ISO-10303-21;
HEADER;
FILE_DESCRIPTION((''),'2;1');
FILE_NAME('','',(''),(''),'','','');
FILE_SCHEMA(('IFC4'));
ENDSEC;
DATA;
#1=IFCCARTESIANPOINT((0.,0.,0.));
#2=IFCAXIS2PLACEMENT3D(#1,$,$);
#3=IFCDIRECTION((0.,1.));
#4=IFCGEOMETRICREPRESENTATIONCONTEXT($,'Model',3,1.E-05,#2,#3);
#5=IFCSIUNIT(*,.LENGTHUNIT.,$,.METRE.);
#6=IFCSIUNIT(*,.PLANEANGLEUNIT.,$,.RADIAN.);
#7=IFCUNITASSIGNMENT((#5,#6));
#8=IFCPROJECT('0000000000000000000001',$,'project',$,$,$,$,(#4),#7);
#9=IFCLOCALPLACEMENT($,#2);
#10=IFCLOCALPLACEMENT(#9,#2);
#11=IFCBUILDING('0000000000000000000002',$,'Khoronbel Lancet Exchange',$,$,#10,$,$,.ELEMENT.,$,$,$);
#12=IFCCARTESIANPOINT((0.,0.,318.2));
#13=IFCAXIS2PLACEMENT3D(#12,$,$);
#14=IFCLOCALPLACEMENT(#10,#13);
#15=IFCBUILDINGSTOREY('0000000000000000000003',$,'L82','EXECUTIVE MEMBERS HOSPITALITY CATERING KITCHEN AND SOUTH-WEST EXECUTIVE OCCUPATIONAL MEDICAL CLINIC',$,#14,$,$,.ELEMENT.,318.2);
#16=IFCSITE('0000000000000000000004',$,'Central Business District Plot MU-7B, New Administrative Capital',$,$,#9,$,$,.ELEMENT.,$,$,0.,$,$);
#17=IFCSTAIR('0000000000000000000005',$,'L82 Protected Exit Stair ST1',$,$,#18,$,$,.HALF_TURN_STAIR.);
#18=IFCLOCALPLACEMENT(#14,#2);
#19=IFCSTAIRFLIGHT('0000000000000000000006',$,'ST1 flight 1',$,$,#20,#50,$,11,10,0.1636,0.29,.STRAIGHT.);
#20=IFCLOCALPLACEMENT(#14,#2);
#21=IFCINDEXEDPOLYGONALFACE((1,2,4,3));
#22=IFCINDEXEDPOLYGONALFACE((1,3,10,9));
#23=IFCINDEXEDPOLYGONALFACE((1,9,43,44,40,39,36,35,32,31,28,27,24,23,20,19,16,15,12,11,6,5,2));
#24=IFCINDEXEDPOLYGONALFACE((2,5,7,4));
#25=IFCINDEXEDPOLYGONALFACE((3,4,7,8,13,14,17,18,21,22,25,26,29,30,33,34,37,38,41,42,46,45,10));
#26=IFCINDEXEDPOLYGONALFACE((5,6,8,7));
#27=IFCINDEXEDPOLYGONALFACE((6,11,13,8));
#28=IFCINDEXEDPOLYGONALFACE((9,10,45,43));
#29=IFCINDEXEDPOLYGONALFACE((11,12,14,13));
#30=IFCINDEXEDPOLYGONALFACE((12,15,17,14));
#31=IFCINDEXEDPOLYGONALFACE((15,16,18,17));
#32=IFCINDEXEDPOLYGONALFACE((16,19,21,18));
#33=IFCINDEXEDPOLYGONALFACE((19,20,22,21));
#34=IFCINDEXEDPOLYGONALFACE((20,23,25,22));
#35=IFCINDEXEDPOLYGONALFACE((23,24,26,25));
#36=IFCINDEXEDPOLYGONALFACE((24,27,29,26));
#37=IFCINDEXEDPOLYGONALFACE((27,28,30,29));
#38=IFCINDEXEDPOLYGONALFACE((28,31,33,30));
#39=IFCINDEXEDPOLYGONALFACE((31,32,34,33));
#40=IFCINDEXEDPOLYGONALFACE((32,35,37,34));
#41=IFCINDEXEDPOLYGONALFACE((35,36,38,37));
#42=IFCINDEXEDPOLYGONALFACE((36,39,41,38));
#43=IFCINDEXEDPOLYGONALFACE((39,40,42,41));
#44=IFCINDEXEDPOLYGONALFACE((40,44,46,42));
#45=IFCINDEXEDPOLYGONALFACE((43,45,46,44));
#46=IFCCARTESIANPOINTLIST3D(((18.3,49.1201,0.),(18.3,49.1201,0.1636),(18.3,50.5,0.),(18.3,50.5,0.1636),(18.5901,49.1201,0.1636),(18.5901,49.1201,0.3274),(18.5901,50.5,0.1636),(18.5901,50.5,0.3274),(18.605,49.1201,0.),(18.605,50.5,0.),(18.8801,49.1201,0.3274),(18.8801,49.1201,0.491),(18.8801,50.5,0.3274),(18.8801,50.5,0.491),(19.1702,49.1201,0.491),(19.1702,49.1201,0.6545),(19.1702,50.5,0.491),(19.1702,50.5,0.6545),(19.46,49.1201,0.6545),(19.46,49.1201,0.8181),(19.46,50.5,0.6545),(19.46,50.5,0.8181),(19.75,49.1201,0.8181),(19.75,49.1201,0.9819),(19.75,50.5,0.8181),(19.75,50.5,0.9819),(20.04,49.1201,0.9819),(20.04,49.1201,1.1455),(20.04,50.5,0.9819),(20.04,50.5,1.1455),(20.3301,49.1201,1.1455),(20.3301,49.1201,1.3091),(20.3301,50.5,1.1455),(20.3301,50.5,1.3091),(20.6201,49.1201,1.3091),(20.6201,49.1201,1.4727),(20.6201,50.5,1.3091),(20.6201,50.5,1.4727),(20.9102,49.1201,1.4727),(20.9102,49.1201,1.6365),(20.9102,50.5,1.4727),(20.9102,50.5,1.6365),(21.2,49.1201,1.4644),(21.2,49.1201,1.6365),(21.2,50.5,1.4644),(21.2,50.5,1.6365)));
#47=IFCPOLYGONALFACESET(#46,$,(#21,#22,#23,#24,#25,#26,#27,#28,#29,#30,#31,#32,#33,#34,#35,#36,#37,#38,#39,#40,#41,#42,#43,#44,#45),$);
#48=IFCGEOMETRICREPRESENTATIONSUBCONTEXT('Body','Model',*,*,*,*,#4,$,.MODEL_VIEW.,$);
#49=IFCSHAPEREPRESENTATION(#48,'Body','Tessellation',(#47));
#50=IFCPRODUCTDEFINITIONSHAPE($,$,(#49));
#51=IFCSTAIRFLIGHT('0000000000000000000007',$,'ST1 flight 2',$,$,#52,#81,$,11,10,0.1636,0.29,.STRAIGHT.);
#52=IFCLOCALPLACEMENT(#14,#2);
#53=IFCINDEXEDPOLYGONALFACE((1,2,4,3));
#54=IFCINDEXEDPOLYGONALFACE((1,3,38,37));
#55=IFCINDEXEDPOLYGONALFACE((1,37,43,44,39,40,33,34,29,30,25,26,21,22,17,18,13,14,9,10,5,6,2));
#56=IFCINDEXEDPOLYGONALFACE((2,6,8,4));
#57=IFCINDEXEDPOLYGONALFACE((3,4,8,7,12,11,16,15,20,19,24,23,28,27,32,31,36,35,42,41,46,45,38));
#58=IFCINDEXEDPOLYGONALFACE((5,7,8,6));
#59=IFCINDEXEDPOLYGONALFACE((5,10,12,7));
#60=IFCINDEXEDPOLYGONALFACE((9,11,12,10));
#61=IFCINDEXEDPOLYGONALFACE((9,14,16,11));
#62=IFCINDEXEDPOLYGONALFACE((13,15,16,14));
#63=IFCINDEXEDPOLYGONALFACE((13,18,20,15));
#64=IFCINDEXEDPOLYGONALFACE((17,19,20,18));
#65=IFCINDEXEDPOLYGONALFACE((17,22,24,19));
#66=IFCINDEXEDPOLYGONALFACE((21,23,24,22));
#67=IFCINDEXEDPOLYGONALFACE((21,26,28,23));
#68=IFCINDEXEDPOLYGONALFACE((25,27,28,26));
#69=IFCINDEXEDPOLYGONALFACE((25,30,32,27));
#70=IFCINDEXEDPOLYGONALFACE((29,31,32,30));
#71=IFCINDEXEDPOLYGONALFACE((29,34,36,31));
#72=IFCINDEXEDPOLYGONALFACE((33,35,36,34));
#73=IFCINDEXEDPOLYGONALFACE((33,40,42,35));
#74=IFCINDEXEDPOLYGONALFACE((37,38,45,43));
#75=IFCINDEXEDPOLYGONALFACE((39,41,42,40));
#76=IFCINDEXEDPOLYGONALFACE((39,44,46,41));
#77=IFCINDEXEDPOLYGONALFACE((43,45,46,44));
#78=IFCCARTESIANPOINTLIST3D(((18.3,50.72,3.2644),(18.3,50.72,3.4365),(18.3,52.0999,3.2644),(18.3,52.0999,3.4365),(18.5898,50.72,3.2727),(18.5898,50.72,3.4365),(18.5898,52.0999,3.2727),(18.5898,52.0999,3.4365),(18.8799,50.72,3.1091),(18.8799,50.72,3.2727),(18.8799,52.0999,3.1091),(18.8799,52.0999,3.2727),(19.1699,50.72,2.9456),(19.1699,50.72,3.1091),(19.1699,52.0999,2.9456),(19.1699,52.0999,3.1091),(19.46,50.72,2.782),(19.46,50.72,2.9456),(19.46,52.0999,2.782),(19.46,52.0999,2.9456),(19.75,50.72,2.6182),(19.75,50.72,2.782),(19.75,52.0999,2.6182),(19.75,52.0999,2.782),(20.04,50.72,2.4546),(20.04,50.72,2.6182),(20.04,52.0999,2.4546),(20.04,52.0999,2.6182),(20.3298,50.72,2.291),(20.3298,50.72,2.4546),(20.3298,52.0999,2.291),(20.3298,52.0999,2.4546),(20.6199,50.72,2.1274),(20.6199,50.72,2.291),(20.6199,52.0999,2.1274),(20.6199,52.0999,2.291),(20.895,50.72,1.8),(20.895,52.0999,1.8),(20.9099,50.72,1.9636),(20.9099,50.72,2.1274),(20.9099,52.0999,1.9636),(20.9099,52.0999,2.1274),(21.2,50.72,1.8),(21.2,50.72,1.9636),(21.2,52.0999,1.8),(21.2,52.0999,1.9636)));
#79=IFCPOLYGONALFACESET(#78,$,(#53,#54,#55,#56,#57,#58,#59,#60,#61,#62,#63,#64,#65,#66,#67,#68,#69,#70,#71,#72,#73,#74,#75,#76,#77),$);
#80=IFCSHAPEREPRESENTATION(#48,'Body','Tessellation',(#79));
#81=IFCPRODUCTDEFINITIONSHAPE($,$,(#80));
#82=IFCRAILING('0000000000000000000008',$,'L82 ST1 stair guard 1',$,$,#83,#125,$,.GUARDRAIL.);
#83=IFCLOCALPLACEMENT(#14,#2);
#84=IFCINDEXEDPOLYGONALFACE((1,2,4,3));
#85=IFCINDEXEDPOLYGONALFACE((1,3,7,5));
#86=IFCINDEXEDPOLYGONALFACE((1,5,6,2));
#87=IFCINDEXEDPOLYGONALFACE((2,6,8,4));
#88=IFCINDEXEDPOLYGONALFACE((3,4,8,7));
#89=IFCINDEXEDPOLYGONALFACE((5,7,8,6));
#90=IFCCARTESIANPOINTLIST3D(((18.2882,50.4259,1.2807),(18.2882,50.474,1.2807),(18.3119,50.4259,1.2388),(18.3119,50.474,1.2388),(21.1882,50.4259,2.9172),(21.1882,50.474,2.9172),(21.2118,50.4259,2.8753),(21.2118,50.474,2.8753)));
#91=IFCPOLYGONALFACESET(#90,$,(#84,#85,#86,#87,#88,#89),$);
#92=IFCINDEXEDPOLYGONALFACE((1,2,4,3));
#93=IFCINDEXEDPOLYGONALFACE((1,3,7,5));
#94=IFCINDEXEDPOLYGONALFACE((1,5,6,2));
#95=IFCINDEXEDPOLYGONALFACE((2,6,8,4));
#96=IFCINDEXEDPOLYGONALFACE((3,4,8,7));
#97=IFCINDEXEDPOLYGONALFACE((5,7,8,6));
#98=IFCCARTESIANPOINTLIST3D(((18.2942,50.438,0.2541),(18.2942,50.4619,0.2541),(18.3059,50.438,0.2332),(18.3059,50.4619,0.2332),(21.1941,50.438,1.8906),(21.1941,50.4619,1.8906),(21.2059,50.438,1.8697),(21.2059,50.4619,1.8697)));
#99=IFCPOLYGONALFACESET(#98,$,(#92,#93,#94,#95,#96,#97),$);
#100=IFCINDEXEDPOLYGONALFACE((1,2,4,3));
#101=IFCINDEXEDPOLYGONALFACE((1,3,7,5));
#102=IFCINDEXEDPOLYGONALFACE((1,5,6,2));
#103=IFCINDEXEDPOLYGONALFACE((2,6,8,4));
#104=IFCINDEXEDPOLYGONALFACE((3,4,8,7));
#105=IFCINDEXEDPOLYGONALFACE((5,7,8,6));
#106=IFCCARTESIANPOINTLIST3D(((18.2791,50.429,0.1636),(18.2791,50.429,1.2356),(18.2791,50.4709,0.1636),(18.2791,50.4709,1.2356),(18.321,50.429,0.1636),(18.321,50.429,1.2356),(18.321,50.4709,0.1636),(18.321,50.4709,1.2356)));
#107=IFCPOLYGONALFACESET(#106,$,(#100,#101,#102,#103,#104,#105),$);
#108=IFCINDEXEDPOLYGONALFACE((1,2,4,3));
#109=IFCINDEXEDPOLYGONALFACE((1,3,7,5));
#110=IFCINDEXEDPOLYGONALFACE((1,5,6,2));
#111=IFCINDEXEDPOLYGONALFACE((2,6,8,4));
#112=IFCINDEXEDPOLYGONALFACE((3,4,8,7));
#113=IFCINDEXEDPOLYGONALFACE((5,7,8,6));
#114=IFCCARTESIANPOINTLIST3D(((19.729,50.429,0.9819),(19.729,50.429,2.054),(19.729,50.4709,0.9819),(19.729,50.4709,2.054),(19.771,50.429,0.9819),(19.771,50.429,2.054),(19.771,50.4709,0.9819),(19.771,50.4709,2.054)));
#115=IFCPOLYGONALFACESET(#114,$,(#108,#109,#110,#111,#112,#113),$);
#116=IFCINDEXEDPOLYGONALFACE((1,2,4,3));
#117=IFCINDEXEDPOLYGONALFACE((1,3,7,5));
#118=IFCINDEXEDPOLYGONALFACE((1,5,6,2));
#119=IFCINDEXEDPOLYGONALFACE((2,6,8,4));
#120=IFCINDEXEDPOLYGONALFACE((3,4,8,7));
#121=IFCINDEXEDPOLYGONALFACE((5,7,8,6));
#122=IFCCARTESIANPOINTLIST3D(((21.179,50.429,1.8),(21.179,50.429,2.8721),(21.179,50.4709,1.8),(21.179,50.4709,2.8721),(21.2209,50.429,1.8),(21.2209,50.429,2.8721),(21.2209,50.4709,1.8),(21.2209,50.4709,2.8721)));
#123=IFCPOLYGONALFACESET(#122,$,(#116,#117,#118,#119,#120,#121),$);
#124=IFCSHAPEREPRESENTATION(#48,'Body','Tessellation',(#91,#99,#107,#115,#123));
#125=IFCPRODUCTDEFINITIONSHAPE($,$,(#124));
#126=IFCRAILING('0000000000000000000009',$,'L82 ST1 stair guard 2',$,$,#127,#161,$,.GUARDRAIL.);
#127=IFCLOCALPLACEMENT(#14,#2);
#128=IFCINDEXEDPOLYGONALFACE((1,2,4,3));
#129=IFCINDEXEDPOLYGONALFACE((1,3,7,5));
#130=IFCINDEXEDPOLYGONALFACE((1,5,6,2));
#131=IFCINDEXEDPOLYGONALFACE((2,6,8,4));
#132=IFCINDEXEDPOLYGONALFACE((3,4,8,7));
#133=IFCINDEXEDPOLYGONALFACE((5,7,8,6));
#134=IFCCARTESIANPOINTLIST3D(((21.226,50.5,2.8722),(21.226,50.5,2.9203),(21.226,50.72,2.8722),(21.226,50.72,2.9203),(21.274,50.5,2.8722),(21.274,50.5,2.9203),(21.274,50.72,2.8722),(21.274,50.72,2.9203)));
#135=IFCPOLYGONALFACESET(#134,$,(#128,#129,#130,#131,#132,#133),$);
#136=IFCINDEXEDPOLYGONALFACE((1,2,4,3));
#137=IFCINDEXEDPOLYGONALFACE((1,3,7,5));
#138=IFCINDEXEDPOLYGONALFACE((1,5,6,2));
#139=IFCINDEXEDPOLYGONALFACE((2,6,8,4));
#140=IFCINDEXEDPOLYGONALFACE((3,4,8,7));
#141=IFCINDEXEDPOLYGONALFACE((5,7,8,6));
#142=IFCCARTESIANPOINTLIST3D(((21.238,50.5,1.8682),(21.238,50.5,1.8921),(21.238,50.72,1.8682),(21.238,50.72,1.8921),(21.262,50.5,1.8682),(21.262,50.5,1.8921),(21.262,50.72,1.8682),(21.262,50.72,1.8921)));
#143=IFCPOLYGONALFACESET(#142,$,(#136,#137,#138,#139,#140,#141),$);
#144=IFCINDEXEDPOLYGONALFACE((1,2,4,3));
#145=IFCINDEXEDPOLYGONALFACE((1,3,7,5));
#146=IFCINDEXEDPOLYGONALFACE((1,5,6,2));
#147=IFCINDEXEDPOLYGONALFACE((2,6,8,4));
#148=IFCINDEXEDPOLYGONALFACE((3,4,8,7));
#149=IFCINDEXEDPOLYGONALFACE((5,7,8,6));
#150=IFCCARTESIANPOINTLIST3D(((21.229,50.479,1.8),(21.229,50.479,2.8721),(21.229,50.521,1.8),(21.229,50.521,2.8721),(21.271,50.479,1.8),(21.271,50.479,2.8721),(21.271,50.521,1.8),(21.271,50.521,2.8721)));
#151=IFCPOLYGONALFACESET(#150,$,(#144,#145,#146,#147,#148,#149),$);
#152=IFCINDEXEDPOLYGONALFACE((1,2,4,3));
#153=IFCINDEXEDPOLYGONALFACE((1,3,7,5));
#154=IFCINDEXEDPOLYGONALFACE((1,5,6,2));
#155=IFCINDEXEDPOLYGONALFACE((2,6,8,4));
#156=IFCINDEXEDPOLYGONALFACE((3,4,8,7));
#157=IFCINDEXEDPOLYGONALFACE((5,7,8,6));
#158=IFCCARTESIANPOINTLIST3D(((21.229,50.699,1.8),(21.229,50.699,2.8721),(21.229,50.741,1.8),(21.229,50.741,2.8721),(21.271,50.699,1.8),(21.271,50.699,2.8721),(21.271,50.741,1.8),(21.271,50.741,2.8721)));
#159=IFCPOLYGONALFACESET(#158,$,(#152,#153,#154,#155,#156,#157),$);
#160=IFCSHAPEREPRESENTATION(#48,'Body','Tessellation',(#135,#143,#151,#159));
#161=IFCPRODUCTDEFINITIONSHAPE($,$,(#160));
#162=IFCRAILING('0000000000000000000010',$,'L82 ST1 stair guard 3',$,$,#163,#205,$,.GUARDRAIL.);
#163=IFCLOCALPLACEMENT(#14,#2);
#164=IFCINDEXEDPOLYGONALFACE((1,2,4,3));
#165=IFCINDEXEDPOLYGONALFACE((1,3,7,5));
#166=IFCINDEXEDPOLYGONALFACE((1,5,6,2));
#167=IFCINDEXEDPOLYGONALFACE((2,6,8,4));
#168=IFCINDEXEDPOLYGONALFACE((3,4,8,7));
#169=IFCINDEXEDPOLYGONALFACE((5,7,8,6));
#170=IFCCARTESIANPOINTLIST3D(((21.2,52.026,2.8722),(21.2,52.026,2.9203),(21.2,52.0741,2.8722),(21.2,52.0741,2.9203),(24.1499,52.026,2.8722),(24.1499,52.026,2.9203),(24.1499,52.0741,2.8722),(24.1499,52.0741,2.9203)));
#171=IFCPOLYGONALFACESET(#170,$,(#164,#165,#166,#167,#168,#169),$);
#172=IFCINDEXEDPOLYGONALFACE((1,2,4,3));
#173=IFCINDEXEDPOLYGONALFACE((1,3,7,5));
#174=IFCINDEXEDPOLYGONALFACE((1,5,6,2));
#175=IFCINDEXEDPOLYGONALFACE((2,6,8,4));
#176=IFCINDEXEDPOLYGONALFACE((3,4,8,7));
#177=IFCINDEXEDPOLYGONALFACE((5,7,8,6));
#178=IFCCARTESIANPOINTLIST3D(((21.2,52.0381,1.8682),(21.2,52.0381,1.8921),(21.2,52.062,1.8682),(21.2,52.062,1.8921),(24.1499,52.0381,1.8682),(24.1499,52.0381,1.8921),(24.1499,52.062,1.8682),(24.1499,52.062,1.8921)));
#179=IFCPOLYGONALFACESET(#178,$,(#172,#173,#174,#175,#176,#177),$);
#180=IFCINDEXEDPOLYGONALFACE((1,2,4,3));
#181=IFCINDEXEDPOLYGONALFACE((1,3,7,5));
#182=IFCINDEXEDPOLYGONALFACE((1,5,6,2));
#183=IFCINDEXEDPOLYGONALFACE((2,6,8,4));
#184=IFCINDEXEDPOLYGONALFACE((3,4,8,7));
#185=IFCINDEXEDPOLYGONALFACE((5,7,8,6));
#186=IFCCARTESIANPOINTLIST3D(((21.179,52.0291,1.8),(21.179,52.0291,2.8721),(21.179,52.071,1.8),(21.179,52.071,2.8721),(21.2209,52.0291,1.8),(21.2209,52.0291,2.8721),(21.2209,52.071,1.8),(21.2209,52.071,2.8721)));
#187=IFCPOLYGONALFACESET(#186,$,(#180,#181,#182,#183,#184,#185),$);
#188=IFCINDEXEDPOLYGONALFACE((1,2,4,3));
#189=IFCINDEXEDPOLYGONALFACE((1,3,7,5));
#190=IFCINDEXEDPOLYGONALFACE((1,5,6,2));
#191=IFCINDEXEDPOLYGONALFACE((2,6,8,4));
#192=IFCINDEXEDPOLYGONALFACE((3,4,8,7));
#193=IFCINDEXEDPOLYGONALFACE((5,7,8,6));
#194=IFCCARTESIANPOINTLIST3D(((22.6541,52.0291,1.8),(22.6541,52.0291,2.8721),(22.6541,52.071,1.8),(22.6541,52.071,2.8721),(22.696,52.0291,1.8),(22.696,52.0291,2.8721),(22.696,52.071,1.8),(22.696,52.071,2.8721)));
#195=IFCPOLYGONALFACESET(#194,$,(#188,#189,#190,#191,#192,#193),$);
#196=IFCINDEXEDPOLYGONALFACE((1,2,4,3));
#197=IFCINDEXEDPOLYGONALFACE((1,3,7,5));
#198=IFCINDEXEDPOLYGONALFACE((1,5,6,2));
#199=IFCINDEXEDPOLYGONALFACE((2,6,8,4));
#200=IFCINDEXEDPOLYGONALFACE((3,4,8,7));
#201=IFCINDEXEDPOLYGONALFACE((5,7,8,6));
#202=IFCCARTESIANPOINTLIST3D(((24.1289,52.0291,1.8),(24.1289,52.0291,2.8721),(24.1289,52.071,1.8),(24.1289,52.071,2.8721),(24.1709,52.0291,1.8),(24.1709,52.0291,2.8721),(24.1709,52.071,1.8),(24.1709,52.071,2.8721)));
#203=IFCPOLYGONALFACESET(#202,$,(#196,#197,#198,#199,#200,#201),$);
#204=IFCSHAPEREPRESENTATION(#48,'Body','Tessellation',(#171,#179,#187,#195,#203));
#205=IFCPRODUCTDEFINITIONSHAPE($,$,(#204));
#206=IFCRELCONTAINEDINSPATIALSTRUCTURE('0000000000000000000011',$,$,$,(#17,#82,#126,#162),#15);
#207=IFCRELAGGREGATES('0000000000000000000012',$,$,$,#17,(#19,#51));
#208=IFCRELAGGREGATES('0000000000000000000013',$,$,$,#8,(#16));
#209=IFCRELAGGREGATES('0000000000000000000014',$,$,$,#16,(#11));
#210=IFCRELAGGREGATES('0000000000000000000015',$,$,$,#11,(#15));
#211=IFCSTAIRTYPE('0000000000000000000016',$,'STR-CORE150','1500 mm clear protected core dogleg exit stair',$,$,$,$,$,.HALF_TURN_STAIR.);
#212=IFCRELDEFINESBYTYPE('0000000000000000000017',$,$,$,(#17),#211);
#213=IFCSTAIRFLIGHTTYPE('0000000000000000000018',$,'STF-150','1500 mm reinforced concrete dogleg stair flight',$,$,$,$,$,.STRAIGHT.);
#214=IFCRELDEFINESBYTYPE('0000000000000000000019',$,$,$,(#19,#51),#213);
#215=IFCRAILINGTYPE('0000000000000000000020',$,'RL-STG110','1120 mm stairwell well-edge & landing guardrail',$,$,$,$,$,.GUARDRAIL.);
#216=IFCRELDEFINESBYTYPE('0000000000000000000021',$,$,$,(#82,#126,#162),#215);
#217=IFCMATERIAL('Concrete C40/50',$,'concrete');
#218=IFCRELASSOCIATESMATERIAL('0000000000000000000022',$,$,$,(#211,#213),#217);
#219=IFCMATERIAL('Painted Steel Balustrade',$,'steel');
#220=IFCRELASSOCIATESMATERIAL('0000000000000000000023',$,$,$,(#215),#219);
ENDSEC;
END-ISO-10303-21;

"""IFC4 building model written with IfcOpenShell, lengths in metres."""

from ifc_helpers import new_model, si_unit, direction, frame, origin, origin_2d, place, context, subcontext, project, spatial, polyline, rectangle, outline, extrude, material, type_object, element, aggregate, save


model = new_model("IFC4")

# Units and contexts
model_context = context("Model", 3, precision=1e-05, world=origin(), true_north=direction((0.0, 1.0)))
body_context = subcontext(model_context, "Body", "Model", "MODEL_VIEW")
ifc_project = project(units=[si_unit("LENGTHUNIT", "METRE"), si_unit("PLANEANGLEUNIT", "RADIAN")], contexts=[model_context])

# Site, building, storey
site_placement = place(None, origin())
site = spatial("IfcSite", under=ifc_project, at=site_placement, Name="Central Business District Plot MU-7B, New Administrative Capital", CompositionType="ELEMENT", RefElevation=0.0)
building_placement = place(site_placement, origin())
building = spatial("IfcBuilding", under=site, at=building_placement, Name="Khoronbel Lancet Exchange", CompositionType="ELEMENT")
storey_placement = place(building_placement, frame((0.0, 0.0, 318.2)))
storey = spatial("IfcBuildingStorey", under=building, at=storey_placement, Name="L82", Description="EXECUTIVE MEMBERS HOSPITALITY CATERING KITCHEN AND SOUTH-WEST EXECUTIVE OCCUPATIONAL MEDICAL CLINIC", CompositionType="ELEMENT", Elevation=318.2)

# Stair, stair flights
ifc_material_1 = material(Name="Concrete C40/50", Category="concrete")
stair_type = type_object("IfcStairType", Name="STR-CORE150", Description="1500 mm clear protected core dogleg exit stair", PredefinedType="HALF_TURN_STAIR", material=ifc_material_1)
stair_placement = place(storey_placement, origin())
stair = element("IfcStair", 1, at=stair_placement, inside=storey, type_object=stair_type, Name="L82 Protected Exit Stair ST1", PredefinedType="HALF_TURN_STAIR")
stair_flight_type = type_object("IfcStairFlightType", Name="STF-150", Description="1500 mm reinforced concrete dogleg stair flight", PredefinedType="STRAIGHT", material=ifc_material_1)
stair_flight_1_placement = place(storey_placement, frame((18.3, 49.8101, 0.0), z_axis=(0.0, 0.0, 1.0), x_axis=(1.0, 0.0, 0.0)))
stair_flight_1 = element("IfcStairFlight", 2, at=stair_flight_1_placement, type_object=stair_flight_type, Name="ST1 flight 1", NumberOfRisers=11, NumberOfTreads=10, PredefinedType="STRAIGHT", RiserHeight=0.1636, TreadLength=0.29, context=body_context, shape_type="SweptSolid", body=[
    extrude(outline(polyline([(0.0, 0.0), (0.0, 0.1636), (0.29, 0.1636), (0.29, 0.3274), (0.5801, 0.3274), (0.5801, 0.491), (0.8701, 0.491), (0.8701, 0.6545), (1.1599, 0.6545), (1.1599, 0.8181), (1.45, 0.8181), (1.45, 0.9819), (1.74, 0.9819), (1.74, 1.1455), (2.03, 1.1455), (2.03, 1.3091), (2.3201, 1.3091), (2.3201, 1.4727), (2.6101, 1.4727), (2.6101, 1.6365), (2.8999, 1.6365), (2.8999, 1.8), (2.8999, 1.4644), (0.3049, 0.0), (0.0, 0.0)])), frame((0.0, 0.6899, 0.0), z_axis=(0.0, -1.0, 0.0), x_axis=(1.0, 0.0, 0.0)), (0.0, 0.0, 1.0), 1.3799),
])
stair_flight_2_placement = place(storey_placement, frame((21.2, 51.4099, 1.8), z_axis=(0.0, 0.0, 1.0), x_axis=(-1.0, 0.0, 0.0)))
stair_flight_2 = element("IfcStairFlight", 3, at=stair_flight_2_placement, type_object=stair_flight_type, Name="ST1 flight 2", NumberOfRisers=11, NumberOfTreads=10, PredefinedType="STRAIGHT", RiserHeight=0.1636, TreadLength=0.29, context=body_context, shape_type="SweptSolid", body=[
    extrude(outline(polyline([(0.0, 0.0), (0.0, 0.1636), (0.29, 0.1636), (0.29, 0.3274), (0.5801, 0.3274), (0.5801, 0.491), (0.8701, 0.491), (0.8701, 0.6545), (1.1599, 0.6545), (1.1599, 0.8181), (1.45, 0.8181), (1.45, 0.9819), (1.74, 0.9819), (1.74, 1.1455), (2.03, 1.1455), (2.03, 1.3091), (2.3201, 1.3091), (2.3201, 1.4727), (2.6101, 1.4727), (2.6101, 1.6365), (2.8999, 1.6365), (2.8999, 1.8), (2.8999, 1.4644), (0.3049, 0.0), (0.0, 0.0)])), frame((0.0, 0.6899, 0.0), z_axis=(0.0, -1.0, 0.0), x_axis=(1.0, 0.0, 0.0)), (0.0, 0.0, 1.0), 1.3799),
])
aggregate(stair, [stair_flight_1, stair_flight_2])

# Railings
ifc_material_2 = material(Name="Painted Steel Balustrade", Category="steel")
railing_type_1 = type_object("IfcRailingType", Name="RL-STG110", Description="1120 mm stairwell well-edge & landing guardrail", PredefinedType="GUARDRAIL", material=ifc_material_2)
railing_1_placement = place(storey_placement, frame((18.3, 50.45, 0.1636)))
element("IfcRailing", 4, at=railing_1_placement, inside=storey, type_object=railing_type_1, Name="L82 ST1 stair guard 1", PredefinedType="GUARDRAIL", context=body_context, shape_type="SweptSolid", body=[
    extrude(rectangle(XDim=0.0481, YDim=0.0481, at=origin_2d()), frame((0.0, 0.0, 1.0962), z_axis=(0.870897, 0.0, 0.491465), x_axis=(0.0, 1.0, 0.0)), (0.0, 0.0, 1.0), 3.3298),
    extrude(rectangle(XDim=0.0239, YDim=0.0239, at=origin_2d()), frame((0.0, 0.0, 0.0801), z_axis=(0.870897, 0.0, 0.491465), x_axis=(0.0, 1.0, 0.0)), (0.0, 0.0, 1.0), 3.3298),
    extrude(rectangle(XDim=0.042, YDim=0.042, at=origin_2d()), origin(), (0.0, 0.0, 1.0), 1.072),
    extrude(rectangle(XDim=0.042, YDim=0.042, at=origin_2d()), frame((1.45, 0.0, 0.8184)), (0.0, 0.0, 1.0), 1.072),
    extrude(rectangle(XDim=0.042, YDim=0.042, at=origin_2d()), frame((2.8999, 0.0, 1.6365)), (0.0, 0.0, 1.0), 1.072),
])
railing_2_placement = place(storey_placement, frame((21.25, 50.5, 1.8)))
element("IfcRailing", 5, at=railing_2_placement, inside=storey, type_object=railing_type_1, Name="L82 ST1 stair guard 2", PredefinedType="GUARDRAIL", context=body_context, shape_type="SweptSolid", body=[
    extrude(rectangle(XDim=0.0481, YDim=0.0481, at=origin_2d()), frame((0.0, 0.0, 1.0962), z_axis=(0.0, 1.0, 0.0), x_axis=(-1.0, 0.0, 0.0)), (0.0, 0.0, 1.0), 0.22),
    extrude(rectangle(XDim=0.0239, YDim=0.0239, at=origin_2d()), frame((0.0, 0.0, 0.0801), z_axis=(0.0, 1.0, 0.0), x_axis=(-1.0, 0.0, 0.0)), (0.0, 0.0, 1.0), 0.22),
    extrude(rectangle(XDim=0.042, YDim=0.042, at=origin_2d()), origin(), (0.0, 0.0, 1.0), 1.072),
    extrude(rectangle(XDim=0.042, YDim=0.042, at=origin_2d()), frame((0.0, 0.22, 0.0)), (0.0, 0.0, 1.0), 1.072),
])
railing_3_placement = place(storey_placement, frame((21.2, 52.05, 1.8)))
element("IfcRailing", 6, at=railing_3_placement, inside=storey, type_object=railing_type_1, Name="L82 ST1 stair guard 3", PredefinedType="GUARDRAIL", context=body_context, shape_type="SweptSolid", body=[
    extrude(rectangle(XDim=0.0481, YDim=0.0481, at=origin_2d()), frame((0.0, 0.0, 1.0962), z_axis=(1.0, 0.0, 0.0), x_axis=(0.0, 1.0, 0.0)), (0.0, 0.0, 1.0), 2.95),
    extrude(rectangle(XDim=0.0239, YDim=0.0239, at=origin_2d()), frame((0.0, 0.0, 0.0801), z_axis=(1.0, 0.0, 0.0), x_axis=(0.0, 1.0, 0.0)), (0.0, 0.0, 1.0), 2.95),
    extrude(rectangle(XDim=0.042, YDim=0.042, at=origin_2d()), origin(), (0.0, 0.0, 1.0), 1.072),
    extrude(rectangle(XDim=0.042, YDim=0.042, at=origin_2d()), frame((1.4751, 0.0, 0.0)), (0.0, 0.0, 1.0), 1.072),
    extrude(rectangle(XDim=0.042, YDim=0.042, at=origin_2d()), frame((2.95, 0.0, 0.0)), (0.0, 0.0, 1.0), 1.072),
])

save(model, "model.ifc")
